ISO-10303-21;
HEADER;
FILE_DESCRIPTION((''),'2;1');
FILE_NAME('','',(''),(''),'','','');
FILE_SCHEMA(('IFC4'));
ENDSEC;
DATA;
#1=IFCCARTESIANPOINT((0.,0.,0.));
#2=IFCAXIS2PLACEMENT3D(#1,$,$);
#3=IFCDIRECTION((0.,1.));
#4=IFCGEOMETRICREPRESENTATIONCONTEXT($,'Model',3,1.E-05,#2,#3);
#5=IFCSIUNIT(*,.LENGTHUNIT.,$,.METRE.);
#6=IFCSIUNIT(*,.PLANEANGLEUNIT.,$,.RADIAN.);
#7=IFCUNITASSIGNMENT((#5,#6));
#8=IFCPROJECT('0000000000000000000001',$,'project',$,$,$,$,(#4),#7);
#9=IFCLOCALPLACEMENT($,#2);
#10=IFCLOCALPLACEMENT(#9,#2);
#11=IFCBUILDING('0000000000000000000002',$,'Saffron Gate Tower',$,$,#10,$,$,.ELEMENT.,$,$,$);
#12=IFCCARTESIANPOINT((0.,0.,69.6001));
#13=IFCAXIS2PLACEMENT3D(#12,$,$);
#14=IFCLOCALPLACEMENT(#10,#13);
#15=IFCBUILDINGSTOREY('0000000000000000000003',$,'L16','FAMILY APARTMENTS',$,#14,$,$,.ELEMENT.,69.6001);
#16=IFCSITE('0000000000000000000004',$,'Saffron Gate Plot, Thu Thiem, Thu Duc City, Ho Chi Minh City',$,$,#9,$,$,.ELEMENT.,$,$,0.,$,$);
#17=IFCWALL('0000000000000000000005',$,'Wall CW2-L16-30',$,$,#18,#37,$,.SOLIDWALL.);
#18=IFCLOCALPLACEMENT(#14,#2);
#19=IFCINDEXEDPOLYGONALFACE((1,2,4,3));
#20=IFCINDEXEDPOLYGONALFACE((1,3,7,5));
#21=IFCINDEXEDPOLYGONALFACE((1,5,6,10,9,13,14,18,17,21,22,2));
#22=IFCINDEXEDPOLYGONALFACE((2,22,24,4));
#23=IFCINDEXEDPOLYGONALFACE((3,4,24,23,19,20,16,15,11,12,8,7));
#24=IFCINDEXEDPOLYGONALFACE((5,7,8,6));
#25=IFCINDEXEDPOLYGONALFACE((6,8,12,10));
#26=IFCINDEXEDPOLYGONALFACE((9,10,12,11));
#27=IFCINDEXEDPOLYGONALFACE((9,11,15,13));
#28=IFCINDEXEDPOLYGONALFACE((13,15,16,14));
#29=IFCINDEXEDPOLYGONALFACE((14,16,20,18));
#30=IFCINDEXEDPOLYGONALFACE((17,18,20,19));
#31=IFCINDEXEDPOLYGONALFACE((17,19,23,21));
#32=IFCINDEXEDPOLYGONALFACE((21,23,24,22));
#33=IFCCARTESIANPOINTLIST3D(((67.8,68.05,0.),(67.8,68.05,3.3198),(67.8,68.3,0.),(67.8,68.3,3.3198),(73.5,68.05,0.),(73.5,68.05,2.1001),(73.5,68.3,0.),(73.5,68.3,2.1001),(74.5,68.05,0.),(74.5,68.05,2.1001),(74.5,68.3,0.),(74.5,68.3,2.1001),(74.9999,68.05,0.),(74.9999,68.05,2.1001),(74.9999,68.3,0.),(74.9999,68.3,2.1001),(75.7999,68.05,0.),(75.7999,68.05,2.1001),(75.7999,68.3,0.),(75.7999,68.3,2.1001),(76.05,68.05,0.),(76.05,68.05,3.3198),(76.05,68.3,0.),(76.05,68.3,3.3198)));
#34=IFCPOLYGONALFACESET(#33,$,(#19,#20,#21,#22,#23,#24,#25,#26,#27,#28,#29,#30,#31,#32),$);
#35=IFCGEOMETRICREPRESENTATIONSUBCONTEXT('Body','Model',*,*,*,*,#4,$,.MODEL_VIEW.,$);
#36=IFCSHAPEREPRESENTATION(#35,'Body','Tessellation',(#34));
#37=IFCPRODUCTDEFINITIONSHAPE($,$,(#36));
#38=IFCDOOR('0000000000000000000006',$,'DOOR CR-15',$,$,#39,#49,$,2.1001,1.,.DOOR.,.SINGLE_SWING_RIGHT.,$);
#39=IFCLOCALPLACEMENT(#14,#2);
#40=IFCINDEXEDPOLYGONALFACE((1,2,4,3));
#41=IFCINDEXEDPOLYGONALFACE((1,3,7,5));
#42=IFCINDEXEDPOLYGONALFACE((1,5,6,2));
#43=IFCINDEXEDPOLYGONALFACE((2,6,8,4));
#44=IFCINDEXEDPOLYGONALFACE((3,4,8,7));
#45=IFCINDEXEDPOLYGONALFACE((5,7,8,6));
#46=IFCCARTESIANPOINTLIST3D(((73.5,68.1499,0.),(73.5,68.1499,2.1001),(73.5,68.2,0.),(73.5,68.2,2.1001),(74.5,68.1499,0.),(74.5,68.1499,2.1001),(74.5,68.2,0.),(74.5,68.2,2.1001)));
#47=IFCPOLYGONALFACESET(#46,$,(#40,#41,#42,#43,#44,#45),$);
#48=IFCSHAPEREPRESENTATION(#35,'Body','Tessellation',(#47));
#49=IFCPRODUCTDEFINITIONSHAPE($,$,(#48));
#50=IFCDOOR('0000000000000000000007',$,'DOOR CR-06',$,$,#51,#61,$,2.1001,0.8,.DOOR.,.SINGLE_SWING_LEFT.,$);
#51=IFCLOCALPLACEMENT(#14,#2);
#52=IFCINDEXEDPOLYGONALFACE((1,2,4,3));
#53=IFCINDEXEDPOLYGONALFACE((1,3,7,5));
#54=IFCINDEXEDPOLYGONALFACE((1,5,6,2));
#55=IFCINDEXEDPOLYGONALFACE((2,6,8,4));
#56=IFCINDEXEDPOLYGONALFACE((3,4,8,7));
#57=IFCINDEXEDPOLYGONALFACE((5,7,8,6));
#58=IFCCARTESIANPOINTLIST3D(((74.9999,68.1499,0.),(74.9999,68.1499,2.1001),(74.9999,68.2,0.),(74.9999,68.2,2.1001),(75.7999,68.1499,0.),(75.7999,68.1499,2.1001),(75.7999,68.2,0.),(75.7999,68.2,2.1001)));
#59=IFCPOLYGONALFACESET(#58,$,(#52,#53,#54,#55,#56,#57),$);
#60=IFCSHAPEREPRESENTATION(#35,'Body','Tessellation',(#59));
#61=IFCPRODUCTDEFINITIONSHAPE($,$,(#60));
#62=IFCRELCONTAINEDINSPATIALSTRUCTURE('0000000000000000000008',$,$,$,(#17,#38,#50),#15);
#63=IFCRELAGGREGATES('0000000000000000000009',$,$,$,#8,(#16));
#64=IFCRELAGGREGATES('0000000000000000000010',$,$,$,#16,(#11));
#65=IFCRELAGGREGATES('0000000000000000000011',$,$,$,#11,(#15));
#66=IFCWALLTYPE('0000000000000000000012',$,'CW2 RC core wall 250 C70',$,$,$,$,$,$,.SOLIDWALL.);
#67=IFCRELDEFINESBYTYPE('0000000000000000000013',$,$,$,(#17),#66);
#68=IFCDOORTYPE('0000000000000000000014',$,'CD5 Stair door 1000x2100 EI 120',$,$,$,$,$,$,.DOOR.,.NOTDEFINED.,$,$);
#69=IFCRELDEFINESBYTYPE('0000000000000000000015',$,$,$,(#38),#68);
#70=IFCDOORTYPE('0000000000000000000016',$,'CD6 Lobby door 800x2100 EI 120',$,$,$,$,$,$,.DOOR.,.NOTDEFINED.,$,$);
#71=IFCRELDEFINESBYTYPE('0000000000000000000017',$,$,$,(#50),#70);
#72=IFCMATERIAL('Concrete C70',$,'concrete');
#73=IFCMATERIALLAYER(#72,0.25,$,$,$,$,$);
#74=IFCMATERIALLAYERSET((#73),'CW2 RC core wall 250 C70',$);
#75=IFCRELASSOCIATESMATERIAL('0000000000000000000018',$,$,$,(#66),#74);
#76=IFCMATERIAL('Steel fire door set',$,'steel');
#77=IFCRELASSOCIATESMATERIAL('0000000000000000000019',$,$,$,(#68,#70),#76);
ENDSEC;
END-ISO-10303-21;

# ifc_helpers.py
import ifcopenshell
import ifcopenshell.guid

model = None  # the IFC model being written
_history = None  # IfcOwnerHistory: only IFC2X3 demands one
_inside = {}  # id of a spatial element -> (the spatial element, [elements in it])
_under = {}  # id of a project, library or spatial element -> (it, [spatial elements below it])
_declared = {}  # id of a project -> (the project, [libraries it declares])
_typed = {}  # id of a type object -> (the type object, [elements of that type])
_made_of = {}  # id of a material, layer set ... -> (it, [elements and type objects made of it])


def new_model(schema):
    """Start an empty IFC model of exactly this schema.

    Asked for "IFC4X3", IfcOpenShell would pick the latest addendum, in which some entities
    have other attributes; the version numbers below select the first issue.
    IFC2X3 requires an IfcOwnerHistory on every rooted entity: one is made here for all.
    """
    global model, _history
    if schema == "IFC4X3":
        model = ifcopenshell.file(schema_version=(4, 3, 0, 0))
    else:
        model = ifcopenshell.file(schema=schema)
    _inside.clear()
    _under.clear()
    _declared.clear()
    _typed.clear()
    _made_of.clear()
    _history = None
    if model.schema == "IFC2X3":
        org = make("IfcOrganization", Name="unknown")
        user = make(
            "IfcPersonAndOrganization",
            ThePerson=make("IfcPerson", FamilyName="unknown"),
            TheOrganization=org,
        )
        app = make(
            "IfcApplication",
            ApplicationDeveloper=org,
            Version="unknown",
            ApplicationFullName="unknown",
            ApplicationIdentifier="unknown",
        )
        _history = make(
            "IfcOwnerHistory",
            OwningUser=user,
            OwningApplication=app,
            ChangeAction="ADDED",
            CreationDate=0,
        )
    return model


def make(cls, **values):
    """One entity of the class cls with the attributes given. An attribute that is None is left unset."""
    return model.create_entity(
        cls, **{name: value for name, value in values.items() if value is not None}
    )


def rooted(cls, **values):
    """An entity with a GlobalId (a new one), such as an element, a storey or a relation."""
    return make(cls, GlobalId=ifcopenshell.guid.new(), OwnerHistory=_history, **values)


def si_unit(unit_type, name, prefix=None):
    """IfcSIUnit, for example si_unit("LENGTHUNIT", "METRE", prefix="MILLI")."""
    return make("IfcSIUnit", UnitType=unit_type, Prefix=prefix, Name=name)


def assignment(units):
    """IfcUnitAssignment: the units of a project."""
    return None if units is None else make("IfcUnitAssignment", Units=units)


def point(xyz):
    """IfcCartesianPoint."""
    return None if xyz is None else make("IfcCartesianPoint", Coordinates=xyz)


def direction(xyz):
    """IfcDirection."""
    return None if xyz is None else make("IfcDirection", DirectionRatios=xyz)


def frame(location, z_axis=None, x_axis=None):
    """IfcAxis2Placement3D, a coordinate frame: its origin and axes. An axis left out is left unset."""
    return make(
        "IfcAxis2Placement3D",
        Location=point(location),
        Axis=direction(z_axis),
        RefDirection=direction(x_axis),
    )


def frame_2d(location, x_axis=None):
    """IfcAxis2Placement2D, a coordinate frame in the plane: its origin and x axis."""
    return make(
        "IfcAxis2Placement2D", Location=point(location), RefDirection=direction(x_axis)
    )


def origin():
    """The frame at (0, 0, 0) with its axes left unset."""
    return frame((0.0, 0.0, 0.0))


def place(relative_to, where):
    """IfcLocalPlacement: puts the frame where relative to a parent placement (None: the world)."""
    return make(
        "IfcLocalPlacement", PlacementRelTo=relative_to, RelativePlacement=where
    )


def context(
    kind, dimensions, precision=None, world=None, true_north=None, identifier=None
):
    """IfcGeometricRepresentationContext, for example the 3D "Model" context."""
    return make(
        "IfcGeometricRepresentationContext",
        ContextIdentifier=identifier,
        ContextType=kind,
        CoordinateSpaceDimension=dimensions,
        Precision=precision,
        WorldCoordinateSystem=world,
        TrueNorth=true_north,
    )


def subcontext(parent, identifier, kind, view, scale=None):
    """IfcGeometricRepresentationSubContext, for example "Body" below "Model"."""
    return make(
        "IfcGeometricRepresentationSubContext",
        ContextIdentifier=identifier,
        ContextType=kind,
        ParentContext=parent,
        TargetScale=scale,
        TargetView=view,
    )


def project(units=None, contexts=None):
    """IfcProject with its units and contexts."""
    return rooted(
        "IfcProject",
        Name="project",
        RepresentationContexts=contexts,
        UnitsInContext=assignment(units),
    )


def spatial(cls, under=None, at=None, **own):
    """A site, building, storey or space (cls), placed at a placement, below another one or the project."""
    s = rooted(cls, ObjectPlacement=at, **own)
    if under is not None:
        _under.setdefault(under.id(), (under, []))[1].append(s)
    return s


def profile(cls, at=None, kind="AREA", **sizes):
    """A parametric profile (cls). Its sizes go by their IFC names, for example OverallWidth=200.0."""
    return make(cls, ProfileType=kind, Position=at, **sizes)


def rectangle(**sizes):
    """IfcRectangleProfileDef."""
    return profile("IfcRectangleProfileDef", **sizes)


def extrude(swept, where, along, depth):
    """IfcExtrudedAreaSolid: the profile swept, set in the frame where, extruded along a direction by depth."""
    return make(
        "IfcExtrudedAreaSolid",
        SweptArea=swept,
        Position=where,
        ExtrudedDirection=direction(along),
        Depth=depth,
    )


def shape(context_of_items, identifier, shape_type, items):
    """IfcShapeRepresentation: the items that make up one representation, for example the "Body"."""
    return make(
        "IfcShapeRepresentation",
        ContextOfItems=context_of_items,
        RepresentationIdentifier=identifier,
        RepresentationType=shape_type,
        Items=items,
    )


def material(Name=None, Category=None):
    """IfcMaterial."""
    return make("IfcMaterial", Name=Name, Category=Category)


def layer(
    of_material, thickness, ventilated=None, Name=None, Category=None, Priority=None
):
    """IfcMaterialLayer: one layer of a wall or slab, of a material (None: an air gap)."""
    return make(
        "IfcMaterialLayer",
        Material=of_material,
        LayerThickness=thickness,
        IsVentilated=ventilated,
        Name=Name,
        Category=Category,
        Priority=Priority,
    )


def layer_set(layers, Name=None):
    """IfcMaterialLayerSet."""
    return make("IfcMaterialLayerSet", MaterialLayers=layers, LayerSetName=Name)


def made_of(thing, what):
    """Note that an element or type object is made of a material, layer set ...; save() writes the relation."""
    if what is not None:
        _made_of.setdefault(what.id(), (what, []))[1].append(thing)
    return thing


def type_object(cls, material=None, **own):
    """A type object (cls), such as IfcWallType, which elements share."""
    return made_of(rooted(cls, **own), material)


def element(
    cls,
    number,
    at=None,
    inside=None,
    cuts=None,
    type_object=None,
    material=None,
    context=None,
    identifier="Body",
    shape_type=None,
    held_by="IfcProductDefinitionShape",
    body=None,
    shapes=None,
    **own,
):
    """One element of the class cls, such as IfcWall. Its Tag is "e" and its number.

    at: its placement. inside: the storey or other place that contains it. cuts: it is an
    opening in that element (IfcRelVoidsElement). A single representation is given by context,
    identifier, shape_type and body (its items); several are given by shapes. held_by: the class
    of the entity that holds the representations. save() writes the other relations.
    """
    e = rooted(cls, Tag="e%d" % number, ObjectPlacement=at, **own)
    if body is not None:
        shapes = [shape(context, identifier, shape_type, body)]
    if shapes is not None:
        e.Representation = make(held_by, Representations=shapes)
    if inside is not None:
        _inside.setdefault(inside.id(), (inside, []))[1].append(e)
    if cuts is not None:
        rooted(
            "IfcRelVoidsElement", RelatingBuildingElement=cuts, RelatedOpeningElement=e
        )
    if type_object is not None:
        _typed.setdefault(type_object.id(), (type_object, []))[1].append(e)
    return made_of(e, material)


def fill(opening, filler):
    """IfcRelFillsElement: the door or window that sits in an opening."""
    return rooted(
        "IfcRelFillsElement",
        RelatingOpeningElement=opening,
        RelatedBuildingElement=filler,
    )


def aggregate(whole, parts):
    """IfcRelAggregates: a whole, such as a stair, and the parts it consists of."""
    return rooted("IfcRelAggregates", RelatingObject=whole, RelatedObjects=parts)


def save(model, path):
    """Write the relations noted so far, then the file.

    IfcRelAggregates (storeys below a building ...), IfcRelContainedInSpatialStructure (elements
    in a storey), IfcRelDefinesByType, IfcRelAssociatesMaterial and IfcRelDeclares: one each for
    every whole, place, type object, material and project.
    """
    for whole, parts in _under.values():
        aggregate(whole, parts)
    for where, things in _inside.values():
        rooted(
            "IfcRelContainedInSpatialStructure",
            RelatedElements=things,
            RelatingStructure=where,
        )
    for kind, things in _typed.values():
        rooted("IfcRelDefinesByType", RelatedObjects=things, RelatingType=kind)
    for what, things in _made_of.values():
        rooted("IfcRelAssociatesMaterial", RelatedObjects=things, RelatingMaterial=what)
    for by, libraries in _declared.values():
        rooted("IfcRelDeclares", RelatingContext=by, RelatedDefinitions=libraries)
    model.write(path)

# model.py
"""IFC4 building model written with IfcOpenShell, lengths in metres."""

from ifc_helpers import new_model, si_unit, direction, frame, frame_2d, origin, place, context, subcontext, project, spatial, rectangle, extrude, material, layer, layer_set, type_object, element, fill, save


model = new_model("IFC4")

# Units and contexts
model_context = context("Model", 3, precision=1e-05, world=origin(), true_north=direction((0.0, 1.0)))
body_context = subcontext(model_context, "Body", "Model", "MODEL_VIEW")
ifc_project = project(units=[si_unit("LENGTHUNIT", "METRE"), si_unit("PLANEANGLEUNIT", "RADIAN")], contexts=[model_context])

# Site, building, storey
site_placement = place(None, origin())
site = spatial("IfcSite", under=ifc_project, at=site_placement, Name="Saffron Gate Plot, Thu Thiem, Thu Duc City, Ho Chi Minh City", CompositionType="ELEMENT", RefElevation=0.0)
building_placement = place(site_placement, origin())
building = spatial("IfcBuilding", under=site, at=building_placement, Name="Saffron Gate Tower", CompositionType="ELEMENT")
storey_placement = place(building_placement, frame((0.0, 0.0, 69.6001)))
storey = spatial("IfcBuildingStorey", under=building, at=storey_placement, Name="L16", Description="FAMILY APARTMENTS", CompositionType="ELEMENT", Elevation=69.6001)

# Shared definitions
ifc_material_1 = material(Name="Concrete C70", Category="concrete")

# Wall, openings, doors
ifc_layer_1 = layer(ifc_material_1, 0.25)
ifc_layer_set_1 = layer_set([ifc_layer_1], Name="CW2 RC core wall 250 C70")
wall_type_1 = type_object("IfcWallType", Name="CW2 RC core wall 250 C70", PredefinedType="SOLIDWALL", material=ifc_layer_set_1)
wall_1_placement = place(storey_placement, frame((67.8, 68.175, 0.0), z_axis=(0.0, 0.0, 1.0), x_axis=(1.0, 0.0, 0.0)))
wall_1 = element("IfcWall", 1, at=wall_1_placement, inside=storey, type_object=wall_type_1, Name="Wall CW2-L16-30", PredefinedType="SOLIDWALL", context=body_context, shape_type="SweptSolid", body=[
    extrude(rectangle(XDim=8.25, YDim=0.25, at=frame_2d((4.125, 0.0))), origin(), (0.0, 0.0, 1.0), 3.3198),
])
opening_1_placement = place(wall_1_placement, frame((5.7, 0.0, 0.0)))
opening_1 = element("IfcOpeningElement", 2, at=opening_1_placement, cuts=wall_1, PredefinedType="OPENING", context=body_context, shape_type="SweptSolid", body=[
    extrude(rectangle(XDim=1.0, YDim=2.1001, at=frame_2d((0.5, 1.05))), frame((0.0, 0.135, 0.0), z_axis=(0.0, -1.0, 0.0), x_axis=(1.0, 0.0, 0.0)), (0.0, 0.0, 1.0), 0.27),
])
opening_2_placement = place(wall_1_placement, frame((7.2, 0.0, 0.0)))
opening_2 = element("IfcOpeningElement", 3, at=opening_2_placement, cuts=wall_1, PredefinedType="OPENING", context=body_context, shape_type="SweptSolid", body=[
    extrude(rectangle(XDim=0.8, YDim=2.1001, at=frame_2d((0.3999, 1.05))), frame((0.0, 0.135, 0.0), z_axis=(0.0, -1.0, 0.0), x_axis=(1.0, 0.0, 0.0)), (0.0, 0.0, 1.0), 0.27),
])
ifc_material_2 = material(Name="Steel fire door set", Category="steel")
door_type_1 = type_object("IfcDoorType", Name="CD5 Stair door 1000x2100 EI 120", OperationType="NOTDEFINED", PredefinedType="DOOR", material=ifc_material_2)
door_1_placement = place(opening_1_placement, origin())
door_1 = element("IfcDoor", 4, at=door_1_placement, inside=storey, type_object=door_type_1, Name="DOOR CR-15", OperationType="SINGLE_SWING_RIGHT", OverallHeight=2.1001, OverallWidth=1.0, PredefinedType="DOOR", context=body_context, shape_type="SweptSolid", body=[
    extrude(rectangle(XDim=1.0, YDim=2.1001, at=frame_2d((0.5, 1.05))), frame((0.0, 0.0249, 0.0), z_axis=(0.0, -1.0, 0.0), x_axis=(1.0, 0.0, 0.0)), (0.0, 0.0, 1.0), 0.05),
])
fill(opening_1, door_1)
door_type_2 = type_object("IfcDoorType", Name="CD6 Lobby door 800x2100 EI 120", OperationType="NOTDEFINED", PredefinedType="DOOR", material=ifc_material_2)
door_2_placement = place(opening_2_placement, origin())
door_2 = element("IfcDoor", 5, at=door_2_placement, inside=storey, type_object=door_type_2, Name="DOOR CR-06", OperationType="SINGLE_SWING_LEFT", OverallHeight=2.1001, OverallWidth=0.8, PredefinedType="DOOR", context=body_context, shape_type="SweptSolid", body=[
    extrude(rectangle(XDim=0.8, YDim=2.1001, at=frame_2d((0.3999, 1.05))), frame((0.0, 0.0249, 0.0), z_axis=(0.0, -1.0, 0.0), x_axis=(1.0, 0.0, 0.0)), (0.0, 0.0, 1.0), 0.05),
])
fill(opening_2, door_2)

save(model, "model.ifc")
